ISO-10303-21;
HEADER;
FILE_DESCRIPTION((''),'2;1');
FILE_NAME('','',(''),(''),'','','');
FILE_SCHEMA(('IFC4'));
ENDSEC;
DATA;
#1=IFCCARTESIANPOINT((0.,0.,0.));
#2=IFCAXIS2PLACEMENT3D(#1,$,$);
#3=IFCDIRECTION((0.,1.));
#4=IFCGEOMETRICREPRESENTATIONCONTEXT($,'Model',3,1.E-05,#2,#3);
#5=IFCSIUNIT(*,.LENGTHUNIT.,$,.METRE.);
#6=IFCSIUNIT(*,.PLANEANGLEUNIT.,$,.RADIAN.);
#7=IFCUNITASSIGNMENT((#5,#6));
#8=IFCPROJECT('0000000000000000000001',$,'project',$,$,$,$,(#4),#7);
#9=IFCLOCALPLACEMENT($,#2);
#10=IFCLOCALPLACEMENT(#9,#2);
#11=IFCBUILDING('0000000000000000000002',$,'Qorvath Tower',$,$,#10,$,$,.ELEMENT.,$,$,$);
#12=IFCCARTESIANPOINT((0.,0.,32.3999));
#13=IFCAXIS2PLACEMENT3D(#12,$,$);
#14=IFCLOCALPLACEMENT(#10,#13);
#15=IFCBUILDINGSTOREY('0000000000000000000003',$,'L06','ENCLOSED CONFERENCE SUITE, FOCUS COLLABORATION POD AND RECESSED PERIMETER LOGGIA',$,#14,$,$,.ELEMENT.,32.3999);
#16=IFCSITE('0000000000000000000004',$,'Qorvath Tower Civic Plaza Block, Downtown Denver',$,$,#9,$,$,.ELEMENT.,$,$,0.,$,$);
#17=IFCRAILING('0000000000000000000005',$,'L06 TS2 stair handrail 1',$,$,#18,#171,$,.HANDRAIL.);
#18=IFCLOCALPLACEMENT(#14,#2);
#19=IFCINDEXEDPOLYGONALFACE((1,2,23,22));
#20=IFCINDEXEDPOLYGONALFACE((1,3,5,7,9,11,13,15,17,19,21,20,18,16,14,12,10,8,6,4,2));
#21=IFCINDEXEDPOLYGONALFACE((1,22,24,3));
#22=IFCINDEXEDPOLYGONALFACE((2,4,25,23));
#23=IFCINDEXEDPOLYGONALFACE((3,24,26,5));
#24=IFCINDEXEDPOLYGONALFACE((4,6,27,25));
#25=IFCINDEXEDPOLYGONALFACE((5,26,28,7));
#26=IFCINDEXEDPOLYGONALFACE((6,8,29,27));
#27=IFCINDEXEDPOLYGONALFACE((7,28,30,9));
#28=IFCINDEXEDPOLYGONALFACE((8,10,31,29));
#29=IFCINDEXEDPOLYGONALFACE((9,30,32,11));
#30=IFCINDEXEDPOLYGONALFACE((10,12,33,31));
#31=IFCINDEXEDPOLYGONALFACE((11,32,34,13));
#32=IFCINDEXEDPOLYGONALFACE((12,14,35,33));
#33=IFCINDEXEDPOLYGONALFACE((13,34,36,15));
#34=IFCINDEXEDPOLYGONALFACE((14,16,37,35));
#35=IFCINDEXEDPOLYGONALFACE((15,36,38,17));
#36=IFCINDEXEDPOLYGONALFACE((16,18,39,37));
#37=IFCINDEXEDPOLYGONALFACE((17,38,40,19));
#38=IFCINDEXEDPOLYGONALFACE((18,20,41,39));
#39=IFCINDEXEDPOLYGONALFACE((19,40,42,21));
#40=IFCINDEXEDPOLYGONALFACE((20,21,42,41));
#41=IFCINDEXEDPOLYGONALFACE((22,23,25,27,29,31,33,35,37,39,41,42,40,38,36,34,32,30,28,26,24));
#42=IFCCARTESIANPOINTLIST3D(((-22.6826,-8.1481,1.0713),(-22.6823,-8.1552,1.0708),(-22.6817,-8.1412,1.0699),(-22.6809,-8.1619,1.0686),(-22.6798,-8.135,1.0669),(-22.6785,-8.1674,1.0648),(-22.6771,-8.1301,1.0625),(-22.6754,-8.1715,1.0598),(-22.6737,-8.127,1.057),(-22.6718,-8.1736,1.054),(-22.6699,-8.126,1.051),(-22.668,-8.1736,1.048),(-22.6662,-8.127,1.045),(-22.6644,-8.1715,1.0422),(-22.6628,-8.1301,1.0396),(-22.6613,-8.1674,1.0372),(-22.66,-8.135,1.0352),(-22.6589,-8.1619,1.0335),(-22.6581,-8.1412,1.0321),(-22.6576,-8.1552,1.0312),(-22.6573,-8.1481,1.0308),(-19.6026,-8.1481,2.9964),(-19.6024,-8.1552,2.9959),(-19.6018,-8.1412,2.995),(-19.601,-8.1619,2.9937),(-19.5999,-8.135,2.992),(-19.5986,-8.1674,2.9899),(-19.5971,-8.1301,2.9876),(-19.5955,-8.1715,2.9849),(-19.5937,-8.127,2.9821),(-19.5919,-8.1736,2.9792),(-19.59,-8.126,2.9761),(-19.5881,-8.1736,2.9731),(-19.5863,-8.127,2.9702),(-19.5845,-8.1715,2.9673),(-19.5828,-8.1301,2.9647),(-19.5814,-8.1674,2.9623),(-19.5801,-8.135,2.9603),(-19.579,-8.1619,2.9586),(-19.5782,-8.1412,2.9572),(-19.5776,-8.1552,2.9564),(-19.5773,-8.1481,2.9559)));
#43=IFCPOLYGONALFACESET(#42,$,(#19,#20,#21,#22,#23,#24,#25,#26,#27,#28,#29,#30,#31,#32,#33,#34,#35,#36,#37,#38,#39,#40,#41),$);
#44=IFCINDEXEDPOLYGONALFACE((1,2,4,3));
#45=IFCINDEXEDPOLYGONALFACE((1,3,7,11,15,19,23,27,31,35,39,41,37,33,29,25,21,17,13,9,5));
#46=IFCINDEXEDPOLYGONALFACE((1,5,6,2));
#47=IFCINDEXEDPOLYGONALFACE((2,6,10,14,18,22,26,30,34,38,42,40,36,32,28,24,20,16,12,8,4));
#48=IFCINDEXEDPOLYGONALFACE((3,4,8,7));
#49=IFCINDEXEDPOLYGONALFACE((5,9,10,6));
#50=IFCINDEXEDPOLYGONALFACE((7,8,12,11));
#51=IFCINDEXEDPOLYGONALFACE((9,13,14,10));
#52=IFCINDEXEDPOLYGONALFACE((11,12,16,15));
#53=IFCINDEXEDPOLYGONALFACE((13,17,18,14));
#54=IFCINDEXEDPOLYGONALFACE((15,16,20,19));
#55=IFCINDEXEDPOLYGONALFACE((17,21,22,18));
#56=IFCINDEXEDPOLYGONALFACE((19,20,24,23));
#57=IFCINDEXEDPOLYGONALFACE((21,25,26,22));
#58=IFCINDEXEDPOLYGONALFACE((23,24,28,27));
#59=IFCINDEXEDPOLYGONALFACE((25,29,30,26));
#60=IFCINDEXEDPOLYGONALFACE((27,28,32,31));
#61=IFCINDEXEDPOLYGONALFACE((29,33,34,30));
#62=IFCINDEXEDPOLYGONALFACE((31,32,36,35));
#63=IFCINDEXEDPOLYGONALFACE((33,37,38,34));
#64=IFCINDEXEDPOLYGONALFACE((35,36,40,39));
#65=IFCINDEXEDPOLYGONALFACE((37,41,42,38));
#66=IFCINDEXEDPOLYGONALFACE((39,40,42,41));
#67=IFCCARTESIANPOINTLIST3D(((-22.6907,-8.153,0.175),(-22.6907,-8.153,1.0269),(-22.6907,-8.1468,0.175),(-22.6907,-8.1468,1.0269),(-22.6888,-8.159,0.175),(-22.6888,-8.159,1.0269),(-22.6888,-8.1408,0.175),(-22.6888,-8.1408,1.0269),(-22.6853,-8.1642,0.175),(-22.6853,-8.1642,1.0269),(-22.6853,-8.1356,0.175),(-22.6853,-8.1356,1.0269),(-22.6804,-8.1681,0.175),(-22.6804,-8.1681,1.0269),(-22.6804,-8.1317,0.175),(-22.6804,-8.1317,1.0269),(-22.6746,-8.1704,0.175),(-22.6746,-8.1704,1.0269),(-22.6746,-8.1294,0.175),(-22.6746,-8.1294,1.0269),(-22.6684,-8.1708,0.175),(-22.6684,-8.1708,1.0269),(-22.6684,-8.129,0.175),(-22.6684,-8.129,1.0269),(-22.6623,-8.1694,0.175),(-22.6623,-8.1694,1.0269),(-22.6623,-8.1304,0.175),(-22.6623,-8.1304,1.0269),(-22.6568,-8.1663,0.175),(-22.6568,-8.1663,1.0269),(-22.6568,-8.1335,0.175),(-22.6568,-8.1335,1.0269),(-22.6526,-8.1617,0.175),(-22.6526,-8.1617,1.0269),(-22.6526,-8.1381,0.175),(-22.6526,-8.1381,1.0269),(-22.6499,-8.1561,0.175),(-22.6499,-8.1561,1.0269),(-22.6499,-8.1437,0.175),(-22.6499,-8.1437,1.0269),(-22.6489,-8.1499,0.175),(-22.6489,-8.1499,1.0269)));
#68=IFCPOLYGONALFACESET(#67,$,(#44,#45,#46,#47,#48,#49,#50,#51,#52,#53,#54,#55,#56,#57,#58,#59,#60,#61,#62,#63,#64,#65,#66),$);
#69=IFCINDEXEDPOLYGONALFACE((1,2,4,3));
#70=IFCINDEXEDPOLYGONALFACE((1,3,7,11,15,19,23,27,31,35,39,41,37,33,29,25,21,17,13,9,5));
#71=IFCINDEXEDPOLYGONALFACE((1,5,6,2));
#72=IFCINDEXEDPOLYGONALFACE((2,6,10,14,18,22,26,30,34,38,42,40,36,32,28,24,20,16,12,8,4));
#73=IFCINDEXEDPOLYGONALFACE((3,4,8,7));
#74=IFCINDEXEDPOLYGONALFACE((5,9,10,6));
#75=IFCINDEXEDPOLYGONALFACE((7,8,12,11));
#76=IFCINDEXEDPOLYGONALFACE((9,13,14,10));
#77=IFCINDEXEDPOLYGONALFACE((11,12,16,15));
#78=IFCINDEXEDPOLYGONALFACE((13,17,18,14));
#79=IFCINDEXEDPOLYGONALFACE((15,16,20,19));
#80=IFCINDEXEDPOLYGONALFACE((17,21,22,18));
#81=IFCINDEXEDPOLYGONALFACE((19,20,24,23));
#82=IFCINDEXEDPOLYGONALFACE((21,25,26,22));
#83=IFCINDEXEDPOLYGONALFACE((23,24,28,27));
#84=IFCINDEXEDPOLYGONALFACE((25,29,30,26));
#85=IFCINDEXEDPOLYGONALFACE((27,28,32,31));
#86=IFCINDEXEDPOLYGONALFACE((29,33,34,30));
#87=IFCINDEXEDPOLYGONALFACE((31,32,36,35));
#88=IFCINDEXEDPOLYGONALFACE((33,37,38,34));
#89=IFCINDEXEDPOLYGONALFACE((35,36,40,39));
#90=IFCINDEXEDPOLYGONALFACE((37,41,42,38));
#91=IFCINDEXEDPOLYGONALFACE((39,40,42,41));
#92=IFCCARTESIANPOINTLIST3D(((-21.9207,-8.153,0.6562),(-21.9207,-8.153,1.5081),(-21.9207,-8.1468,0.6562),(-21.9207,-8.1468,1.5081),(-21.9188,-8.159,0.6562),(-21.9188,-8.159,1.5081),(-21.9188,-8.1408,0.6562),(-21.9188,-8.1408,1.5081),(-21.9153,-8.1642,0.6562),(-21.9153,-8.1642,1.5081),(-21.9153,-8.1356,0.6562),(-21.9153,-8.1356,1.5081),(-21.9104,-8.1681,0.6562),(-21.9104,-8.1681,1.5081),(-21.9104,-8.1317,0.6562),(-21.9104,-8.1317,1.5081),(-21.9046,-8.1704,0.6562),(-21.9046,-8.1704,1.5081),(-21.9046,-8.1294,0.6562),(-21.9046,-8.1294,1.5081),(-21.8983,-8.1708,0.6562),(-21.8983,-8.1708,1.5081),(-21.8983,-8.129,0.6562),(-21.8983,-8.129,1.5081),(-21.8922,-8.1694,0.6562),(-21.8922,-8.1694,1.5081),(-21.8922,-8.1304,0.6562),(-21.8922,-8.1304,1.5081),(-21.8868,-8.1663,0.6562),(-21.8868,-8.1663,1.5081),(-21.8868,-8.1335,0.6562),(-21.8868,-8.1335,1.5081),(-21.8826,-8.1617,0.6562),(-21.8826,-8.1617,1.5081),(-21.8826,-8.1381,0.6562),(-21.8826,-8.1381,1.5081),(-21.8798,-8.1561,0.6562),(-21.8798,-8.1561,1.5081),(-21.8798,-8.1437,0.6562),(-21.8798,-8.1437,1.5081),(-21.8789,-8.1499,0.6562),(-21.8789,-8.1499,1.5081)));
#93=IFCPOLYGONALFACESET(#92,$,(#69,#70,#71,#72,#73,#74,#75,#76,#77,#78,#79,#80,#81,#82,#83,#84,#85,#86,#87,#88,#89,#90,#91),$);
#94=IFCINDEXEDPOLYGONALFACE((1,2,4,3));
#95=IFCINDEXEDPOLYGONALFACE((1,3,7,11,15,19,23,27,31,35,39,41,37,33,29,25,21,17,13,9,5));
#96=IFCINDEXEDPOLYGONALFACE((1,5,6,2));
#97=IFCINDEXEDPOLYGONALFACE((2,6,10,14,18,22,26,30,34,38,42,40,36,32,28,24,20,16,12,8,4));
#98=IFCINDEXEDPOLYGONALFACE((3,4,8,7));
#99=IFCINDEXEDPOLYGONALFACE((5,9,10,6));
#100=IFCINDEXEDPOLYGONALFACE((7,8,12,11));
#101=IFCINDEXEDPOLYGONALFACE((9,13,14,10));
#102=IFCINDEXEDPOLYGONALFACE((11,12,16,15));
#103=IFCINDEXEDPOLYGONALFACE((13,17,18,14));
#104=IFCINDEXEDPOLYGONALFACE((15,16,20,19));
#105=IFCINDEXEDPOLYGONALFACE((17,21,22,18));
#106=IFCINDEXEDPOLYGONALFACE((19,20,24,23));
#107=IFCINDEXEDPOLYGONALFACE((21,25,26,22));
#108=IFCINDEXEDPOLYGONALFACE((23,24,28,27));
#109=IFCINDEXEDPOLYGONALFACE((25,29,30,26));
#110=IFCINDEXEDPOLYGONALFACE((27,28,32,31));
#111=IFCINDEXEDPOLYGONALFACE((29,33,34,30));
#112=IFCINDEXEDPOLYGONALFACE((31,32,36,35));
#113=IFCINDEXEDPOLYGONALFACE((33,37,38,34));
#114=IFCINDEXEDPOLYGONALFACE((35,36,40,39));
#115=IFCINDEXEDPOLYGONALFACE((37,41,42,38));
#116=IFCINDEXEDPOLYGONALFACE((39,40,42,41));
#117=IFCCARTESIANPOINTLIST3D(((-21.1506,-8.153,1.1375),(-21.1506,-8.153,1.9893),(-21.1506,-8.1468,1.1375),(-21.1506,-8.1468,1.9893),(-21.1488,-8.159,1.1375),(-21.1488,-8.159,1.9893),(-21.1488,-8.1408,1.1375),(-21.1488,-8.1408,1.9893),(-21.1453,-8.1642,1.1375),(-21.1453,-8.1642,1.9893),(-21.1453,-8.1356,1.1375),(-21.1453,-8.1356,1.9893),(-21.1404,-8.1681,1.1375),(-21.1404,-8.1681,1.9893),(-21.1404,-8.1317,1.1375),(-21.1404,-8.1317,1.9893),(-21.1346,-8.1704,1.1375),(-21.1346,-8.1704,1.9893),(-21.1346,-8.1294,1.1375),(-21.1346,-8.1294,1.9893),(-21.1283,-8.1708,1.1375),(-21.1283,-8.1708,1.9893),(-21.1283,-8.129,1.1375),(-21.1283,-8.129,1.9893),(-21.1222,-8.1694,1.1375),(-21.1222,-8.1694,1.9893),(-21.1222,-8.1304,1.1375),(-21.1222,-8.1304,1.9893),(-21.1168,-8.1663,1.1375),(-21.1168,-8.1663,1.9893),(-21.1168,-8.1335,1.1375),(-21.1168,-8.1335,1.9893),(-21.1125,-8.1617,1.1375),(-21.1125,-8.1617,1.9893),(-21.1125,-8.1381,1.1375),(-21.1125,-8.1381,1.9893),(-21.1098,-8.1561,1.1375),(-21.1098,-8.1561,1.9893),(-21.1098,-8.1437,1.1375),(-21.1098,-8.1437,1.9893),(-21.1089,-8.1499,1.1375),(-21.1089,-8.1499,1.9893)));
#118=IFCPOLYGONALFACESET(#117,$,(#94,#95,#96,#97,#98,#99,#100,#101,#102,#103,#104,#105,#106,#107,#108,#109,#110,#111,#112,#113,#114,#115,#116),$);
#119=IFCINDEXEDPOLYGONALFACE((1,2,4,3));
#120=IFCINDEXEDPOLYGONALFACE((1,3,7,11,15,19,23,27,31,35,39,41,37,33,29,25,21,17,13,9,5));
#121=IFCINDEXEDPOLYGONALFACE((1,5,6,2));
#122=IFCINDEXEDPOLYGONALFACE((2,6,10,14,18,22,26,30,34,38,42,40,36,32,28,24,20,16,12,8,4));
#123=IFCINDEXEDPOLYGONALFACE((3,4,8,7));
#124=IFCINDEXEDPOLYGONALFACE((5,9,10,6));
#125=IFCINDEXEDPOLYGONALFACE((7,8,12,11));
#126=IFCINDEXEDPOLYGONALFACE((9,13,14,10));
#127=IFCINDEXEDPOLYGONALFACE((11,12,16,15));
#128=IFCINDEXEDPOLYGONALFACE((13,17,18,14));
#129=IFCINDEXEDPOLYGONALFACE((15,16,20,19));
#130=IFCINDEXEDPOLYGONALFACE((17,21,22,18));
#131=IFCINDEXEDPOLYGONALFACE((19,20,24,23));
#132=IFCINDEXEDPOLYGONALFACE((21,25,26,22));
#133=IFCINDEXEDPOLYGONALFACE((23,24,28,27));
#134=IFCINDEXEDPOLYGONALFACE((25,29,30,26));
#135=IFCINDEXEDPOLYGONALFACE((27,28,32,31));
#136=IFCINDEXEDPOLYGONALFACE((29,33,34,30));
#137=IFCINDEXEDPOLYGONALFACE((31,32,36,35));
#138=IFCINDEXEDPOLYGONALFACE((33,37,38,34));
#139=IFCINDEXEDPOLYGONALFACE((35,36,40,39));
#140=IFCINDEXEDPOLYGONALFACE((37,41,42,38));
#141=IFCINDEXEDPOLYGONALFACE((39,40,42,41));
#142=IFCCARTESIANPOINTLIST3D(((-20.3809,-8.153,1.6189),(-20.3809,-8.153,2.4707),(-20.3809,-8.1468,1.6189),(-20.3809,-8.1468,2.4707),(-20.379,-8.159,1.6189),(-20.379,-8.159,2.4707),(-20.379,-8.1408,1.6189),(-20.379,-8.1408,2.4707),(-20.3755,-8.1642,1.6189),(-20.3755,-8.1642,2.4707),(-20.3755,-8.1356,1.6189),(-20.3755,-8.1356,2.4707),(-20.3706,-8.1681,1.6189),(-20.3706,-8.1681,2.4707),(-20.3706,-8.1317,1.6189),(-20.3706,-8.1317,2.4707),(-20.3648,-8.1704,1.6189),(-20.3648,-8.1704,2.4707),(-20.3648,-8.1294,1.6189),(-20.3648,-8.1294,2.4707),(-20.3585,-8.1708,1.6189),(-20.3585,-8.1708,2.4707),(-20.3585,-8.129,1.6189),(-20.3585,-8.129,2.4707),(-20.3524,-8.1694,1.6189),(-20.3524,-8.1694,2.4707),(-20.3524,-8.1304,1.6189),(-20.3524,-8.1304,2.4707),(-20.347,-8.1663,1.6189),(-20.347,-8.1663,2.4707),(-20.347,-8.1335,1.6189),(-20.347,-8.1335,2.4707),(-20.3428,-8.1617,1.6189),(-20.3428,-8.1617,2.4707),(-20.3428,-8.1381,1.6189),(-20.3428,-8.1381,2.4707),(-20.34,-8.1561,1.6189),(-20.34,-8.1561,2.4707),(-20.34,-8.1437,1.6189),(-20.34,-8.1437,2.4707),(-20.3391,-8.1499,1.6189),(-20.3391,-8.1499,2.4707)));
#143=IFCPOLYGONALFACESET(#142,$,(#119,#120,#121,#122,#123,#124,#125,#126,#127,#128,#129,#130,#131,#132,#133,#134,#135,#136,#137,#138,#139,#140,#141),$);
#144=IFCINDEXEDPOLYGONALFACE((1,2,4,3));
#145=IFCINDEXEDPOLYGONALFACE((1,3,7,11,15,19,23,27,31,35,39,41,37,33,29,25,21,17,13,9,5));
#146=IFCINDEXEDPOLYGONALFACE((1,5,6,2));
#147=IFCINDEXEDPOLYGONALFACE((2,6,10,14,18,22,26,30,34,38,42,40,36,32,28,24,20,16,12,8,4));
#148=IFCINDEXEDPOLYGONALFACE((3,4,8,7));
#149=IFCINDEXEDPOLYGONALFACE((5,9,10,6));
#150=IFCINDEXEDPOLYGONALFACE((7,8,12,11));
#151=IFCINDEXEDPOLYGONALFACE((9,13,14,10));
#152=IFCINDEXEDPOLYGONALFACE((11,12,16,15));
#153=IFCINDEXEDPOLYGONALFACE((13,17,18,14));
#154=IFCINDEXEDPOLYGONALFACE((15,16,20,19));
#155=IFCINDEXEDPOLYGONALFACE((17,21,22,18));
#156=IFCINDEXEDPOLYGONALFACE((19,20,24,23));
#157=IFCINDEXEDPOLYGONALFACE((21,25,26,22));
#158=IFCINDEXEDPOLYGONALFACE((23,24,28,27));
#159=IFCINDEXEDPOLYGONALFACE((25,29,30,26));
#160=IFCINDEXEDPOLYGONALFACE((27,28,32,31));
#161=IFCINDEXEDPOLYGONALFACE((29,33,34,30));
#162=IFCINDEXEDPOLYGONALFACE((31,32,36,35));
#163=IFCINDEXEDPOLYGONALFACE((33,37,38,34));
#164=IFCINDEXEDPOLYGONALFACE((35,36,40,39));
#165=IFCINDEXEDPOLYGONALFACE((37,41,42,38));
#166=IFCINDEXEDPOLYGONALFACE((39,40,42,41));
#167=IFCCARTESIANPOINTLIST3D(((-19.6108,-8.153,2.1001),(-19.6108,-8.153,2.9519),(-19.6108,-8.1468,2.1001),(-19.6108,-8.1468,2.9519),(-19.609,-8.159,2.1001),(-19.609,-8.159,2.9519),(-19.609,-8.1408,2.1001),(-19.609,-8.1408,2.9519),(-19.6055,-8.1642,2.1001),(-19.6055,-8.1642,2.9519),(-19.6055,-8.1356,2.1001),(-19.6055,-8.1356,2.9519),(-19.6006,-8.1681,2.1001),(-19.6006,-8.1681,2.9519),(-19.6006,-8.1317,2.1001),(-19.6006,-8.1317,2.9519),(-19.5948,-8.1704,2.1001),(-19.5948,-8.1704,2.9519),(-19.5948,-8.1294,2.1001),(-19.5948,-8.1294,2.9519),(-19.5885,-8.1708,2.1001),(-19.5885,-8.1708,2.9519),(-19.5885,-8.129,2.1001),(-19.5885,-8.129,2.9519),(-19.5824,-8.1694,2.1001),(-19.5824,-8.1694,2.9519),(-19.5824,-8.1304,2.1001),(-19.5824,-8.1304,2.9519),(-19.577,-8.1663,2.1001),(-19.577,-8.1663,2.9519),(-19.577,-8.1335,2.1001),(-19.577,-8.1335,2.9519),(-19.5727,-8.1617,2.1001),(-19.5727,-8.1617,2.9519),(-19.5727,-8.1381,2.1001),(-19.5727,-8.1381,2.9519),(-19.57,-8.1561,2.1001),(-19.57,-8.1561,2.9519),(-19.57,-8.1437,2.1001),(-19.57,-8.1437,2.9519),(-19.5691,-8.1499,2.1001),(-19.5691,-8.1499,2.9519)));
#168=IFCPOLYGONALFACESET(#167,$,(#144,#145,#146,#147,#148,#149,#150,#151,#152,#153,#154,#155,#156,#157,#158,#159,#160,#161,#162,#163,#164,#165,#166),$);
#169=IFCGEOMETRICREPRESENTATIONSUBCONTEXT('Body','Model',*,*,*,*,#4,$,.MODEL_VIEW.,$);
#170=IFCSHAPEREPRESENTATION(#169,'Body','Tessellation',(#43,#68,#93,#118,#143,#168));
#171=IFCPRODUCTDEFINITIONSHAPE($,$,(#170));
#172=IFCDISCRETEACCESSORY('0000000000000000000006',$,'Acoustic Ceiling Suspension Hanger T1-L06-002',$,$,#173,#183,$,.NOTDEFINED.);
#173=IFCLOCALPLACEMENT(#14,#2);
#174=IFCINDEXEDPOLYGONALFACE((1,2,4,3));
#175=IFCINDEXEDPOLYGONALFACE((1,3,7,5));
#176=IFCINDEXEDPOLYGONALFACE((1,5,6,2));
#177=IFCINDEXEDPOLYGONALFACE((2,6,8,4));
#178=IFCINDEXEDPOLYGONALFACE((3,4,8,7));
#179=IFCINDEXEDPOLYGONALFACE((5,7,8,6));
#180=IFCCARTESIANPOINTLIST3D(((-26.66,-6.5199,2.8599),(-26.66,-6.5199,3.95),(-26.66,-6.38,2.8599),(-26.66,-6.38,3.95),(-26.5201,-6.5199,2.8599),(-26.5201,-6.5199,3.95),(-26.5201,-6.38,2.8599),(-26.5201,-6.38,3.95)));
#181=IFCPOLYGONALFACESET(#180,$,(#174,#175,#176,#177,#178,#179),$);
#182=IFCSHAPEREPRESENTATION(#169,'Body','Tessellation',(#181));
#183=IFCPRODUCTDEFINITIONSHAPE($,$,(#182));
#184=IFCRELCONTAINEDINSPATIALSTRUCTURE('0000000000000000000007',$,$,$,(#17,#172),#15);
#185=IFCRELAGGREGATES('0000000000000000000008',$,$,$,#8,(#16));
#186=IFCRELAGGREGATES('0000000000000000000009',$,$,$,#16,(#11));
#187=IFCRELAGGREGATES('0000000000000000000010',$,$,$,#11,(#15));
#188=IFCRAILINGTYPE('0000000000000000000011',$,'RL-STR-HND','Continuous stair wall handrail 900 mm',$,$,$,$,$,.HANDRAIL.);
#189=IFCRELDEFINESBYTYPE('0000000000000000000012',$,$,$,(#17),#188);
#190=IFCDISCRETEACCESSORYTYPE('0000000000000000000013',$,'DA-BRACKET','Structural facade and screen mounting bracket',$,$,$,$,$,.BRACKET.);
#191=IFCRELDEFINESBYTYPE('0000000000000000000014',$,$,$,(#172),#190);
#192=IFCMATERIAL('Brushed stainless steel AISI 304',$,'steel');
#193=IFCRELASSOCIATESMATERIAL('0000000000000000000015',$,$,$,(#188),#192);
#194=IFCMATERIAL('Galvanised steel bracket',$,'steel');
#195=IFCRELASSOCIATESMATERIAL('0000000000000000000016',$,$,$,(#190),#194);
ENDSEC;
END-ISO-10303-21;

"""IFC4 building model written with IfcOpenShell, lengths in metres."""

from ifc_helpers import new_model, si_unit, direction, frame, origin, origin_2d, place, context, subcontext, project, spatial, rectangle, circle, extrude, material, type_object, element, save


model = new_model("IFC4")

# Units and contexts
model_context = context("Model", 3, precision=1e-05, world=origin(), true_north=direction((0.0, 1.0)))
body_context = subcontext(model_context, "Body", "Model", "MODEL_VIEW")
ifc_project = project(units=[si_unit("LENGTHUNIT", "METRE"), si_unit("PLANEANGLEUNIT", "RADIAN")], contexts=[model_context])

# Site, building, storey
site_placement = place(None, origin())
site = spatial("IfcSite", under=ifc_project, at=site_placement, Name="Qorvath Tower Civic Plaza Block, Downtown Denver", CompositionType="ELEMENT", RefElevation=0.0)
building_placement = place(site_placement, origin())
building = spatial("IfcBuilding", under=site, at=building_placement, Name="Qorvath Tower", CompositionType="ELEMENT")
storey_placement = place(building_placement, frame((0.0, 0.0, 32.3999)))
storey = spatial("IfcBuildingStorey", under=building, at=storey_placement, Name="L06", Description="ENCLOSED CONFERENCE SUITE, FOCUS COLLABORATION POD AND RECESSED PERIMETER LOGGIA", CompositionType="ELEMENT", Elevation=32.3999)

# Railing
ifc_material_1 = material(Name="Brushed stainless steel AISI 304", Category="steel")
railing_type_1 = type_object("IfcRailingType", Name="RL-STR-HND", Description="Continuous stair wall handrail 900 mm", PredefinedType="HANDRAIL", material=ifc_material_1)
railing_1_placement = place(storey_placement, frame((-22.6699, -8.1499, 0.175)))
element("IfcRailing", 1, at=railing_1_placement, inside=storey, type_object=railing_type_1, Name="L06 TS2 stair handrail 1", PredefinedType="HANDRAIL", context=body_context, shape_type="SweptSolid", body=[
    extrude(circle(Radius=0.0239, at=origin_2d()), frame((0.0, 0.0, 0.876), z_axis=(0.847979, 0.0, 0.530029), x_axis=(0.0, 1.0, 0.0)), (0.0, 0.0, 1.0), 3.6321),
    extrude(circle(Radius=0.021, at=origin_2d()), origin(), (0.0, 0.0, 1.0), 0.8518),
    extrude(circle(Radius=0.021, at=origin_2d()), frame((0.77, 0.0, 0.4812)), (0.0, 0.0, 1.0), 0.8518),
    extrude(circle(Radius=0.021, at=origin_2d()), frame((1.54, 0.0, 0.9624)), (0.0, 0.0, 1.0), 0.8518),
    extrude(circle(Radius=0.021, at=origin_2d()), frame((2.3098, 0.0, 1.4438)), (0.0, 0.0, 1.0), 0.8518),
    extrude(circle(Radius=0.021, at=origin_2d()), frame((3.0798, 0.0, 1.925)), (0.0, 0.0, 1.0), 0.8518),
])

# Discrete accessory
ifc_material_2 = material(Name="Galvanised steel bracket", Category="steel")
discrete_accessory_type = type_object("IfcDiscreteAccessoryType", Name="DA-BRACKET", Description="Structural facade and screen mounting bracket", PredefinedType="BRACKET", material=ifc_material_2)
discrete_accessory_placement = place(storey_placement, frame((-26.5901, -6.45, 2.8599), z_axis=(0.0, 0.0, 1.0), x_axis=(1.0, 0.0, 0.0)))
element("IfcDiscreteAccessory", 2, at=discrete_accessory_placement, inside=storey, type_object=discrete_accessory_type, Name="Acoustic Ceiling Suspension Hanger T1-L06-002", PredefinedType="NOTDEFINED", context=body_context, shape_type="SweptSolid", body=[
    extrude(rectangle(XDim=0.1399, YDim=0.1399, at=origin_2d()), origin(), (0.0, 0.0, 1.0), 1.0901),
])

save(model, "model.ifc")
